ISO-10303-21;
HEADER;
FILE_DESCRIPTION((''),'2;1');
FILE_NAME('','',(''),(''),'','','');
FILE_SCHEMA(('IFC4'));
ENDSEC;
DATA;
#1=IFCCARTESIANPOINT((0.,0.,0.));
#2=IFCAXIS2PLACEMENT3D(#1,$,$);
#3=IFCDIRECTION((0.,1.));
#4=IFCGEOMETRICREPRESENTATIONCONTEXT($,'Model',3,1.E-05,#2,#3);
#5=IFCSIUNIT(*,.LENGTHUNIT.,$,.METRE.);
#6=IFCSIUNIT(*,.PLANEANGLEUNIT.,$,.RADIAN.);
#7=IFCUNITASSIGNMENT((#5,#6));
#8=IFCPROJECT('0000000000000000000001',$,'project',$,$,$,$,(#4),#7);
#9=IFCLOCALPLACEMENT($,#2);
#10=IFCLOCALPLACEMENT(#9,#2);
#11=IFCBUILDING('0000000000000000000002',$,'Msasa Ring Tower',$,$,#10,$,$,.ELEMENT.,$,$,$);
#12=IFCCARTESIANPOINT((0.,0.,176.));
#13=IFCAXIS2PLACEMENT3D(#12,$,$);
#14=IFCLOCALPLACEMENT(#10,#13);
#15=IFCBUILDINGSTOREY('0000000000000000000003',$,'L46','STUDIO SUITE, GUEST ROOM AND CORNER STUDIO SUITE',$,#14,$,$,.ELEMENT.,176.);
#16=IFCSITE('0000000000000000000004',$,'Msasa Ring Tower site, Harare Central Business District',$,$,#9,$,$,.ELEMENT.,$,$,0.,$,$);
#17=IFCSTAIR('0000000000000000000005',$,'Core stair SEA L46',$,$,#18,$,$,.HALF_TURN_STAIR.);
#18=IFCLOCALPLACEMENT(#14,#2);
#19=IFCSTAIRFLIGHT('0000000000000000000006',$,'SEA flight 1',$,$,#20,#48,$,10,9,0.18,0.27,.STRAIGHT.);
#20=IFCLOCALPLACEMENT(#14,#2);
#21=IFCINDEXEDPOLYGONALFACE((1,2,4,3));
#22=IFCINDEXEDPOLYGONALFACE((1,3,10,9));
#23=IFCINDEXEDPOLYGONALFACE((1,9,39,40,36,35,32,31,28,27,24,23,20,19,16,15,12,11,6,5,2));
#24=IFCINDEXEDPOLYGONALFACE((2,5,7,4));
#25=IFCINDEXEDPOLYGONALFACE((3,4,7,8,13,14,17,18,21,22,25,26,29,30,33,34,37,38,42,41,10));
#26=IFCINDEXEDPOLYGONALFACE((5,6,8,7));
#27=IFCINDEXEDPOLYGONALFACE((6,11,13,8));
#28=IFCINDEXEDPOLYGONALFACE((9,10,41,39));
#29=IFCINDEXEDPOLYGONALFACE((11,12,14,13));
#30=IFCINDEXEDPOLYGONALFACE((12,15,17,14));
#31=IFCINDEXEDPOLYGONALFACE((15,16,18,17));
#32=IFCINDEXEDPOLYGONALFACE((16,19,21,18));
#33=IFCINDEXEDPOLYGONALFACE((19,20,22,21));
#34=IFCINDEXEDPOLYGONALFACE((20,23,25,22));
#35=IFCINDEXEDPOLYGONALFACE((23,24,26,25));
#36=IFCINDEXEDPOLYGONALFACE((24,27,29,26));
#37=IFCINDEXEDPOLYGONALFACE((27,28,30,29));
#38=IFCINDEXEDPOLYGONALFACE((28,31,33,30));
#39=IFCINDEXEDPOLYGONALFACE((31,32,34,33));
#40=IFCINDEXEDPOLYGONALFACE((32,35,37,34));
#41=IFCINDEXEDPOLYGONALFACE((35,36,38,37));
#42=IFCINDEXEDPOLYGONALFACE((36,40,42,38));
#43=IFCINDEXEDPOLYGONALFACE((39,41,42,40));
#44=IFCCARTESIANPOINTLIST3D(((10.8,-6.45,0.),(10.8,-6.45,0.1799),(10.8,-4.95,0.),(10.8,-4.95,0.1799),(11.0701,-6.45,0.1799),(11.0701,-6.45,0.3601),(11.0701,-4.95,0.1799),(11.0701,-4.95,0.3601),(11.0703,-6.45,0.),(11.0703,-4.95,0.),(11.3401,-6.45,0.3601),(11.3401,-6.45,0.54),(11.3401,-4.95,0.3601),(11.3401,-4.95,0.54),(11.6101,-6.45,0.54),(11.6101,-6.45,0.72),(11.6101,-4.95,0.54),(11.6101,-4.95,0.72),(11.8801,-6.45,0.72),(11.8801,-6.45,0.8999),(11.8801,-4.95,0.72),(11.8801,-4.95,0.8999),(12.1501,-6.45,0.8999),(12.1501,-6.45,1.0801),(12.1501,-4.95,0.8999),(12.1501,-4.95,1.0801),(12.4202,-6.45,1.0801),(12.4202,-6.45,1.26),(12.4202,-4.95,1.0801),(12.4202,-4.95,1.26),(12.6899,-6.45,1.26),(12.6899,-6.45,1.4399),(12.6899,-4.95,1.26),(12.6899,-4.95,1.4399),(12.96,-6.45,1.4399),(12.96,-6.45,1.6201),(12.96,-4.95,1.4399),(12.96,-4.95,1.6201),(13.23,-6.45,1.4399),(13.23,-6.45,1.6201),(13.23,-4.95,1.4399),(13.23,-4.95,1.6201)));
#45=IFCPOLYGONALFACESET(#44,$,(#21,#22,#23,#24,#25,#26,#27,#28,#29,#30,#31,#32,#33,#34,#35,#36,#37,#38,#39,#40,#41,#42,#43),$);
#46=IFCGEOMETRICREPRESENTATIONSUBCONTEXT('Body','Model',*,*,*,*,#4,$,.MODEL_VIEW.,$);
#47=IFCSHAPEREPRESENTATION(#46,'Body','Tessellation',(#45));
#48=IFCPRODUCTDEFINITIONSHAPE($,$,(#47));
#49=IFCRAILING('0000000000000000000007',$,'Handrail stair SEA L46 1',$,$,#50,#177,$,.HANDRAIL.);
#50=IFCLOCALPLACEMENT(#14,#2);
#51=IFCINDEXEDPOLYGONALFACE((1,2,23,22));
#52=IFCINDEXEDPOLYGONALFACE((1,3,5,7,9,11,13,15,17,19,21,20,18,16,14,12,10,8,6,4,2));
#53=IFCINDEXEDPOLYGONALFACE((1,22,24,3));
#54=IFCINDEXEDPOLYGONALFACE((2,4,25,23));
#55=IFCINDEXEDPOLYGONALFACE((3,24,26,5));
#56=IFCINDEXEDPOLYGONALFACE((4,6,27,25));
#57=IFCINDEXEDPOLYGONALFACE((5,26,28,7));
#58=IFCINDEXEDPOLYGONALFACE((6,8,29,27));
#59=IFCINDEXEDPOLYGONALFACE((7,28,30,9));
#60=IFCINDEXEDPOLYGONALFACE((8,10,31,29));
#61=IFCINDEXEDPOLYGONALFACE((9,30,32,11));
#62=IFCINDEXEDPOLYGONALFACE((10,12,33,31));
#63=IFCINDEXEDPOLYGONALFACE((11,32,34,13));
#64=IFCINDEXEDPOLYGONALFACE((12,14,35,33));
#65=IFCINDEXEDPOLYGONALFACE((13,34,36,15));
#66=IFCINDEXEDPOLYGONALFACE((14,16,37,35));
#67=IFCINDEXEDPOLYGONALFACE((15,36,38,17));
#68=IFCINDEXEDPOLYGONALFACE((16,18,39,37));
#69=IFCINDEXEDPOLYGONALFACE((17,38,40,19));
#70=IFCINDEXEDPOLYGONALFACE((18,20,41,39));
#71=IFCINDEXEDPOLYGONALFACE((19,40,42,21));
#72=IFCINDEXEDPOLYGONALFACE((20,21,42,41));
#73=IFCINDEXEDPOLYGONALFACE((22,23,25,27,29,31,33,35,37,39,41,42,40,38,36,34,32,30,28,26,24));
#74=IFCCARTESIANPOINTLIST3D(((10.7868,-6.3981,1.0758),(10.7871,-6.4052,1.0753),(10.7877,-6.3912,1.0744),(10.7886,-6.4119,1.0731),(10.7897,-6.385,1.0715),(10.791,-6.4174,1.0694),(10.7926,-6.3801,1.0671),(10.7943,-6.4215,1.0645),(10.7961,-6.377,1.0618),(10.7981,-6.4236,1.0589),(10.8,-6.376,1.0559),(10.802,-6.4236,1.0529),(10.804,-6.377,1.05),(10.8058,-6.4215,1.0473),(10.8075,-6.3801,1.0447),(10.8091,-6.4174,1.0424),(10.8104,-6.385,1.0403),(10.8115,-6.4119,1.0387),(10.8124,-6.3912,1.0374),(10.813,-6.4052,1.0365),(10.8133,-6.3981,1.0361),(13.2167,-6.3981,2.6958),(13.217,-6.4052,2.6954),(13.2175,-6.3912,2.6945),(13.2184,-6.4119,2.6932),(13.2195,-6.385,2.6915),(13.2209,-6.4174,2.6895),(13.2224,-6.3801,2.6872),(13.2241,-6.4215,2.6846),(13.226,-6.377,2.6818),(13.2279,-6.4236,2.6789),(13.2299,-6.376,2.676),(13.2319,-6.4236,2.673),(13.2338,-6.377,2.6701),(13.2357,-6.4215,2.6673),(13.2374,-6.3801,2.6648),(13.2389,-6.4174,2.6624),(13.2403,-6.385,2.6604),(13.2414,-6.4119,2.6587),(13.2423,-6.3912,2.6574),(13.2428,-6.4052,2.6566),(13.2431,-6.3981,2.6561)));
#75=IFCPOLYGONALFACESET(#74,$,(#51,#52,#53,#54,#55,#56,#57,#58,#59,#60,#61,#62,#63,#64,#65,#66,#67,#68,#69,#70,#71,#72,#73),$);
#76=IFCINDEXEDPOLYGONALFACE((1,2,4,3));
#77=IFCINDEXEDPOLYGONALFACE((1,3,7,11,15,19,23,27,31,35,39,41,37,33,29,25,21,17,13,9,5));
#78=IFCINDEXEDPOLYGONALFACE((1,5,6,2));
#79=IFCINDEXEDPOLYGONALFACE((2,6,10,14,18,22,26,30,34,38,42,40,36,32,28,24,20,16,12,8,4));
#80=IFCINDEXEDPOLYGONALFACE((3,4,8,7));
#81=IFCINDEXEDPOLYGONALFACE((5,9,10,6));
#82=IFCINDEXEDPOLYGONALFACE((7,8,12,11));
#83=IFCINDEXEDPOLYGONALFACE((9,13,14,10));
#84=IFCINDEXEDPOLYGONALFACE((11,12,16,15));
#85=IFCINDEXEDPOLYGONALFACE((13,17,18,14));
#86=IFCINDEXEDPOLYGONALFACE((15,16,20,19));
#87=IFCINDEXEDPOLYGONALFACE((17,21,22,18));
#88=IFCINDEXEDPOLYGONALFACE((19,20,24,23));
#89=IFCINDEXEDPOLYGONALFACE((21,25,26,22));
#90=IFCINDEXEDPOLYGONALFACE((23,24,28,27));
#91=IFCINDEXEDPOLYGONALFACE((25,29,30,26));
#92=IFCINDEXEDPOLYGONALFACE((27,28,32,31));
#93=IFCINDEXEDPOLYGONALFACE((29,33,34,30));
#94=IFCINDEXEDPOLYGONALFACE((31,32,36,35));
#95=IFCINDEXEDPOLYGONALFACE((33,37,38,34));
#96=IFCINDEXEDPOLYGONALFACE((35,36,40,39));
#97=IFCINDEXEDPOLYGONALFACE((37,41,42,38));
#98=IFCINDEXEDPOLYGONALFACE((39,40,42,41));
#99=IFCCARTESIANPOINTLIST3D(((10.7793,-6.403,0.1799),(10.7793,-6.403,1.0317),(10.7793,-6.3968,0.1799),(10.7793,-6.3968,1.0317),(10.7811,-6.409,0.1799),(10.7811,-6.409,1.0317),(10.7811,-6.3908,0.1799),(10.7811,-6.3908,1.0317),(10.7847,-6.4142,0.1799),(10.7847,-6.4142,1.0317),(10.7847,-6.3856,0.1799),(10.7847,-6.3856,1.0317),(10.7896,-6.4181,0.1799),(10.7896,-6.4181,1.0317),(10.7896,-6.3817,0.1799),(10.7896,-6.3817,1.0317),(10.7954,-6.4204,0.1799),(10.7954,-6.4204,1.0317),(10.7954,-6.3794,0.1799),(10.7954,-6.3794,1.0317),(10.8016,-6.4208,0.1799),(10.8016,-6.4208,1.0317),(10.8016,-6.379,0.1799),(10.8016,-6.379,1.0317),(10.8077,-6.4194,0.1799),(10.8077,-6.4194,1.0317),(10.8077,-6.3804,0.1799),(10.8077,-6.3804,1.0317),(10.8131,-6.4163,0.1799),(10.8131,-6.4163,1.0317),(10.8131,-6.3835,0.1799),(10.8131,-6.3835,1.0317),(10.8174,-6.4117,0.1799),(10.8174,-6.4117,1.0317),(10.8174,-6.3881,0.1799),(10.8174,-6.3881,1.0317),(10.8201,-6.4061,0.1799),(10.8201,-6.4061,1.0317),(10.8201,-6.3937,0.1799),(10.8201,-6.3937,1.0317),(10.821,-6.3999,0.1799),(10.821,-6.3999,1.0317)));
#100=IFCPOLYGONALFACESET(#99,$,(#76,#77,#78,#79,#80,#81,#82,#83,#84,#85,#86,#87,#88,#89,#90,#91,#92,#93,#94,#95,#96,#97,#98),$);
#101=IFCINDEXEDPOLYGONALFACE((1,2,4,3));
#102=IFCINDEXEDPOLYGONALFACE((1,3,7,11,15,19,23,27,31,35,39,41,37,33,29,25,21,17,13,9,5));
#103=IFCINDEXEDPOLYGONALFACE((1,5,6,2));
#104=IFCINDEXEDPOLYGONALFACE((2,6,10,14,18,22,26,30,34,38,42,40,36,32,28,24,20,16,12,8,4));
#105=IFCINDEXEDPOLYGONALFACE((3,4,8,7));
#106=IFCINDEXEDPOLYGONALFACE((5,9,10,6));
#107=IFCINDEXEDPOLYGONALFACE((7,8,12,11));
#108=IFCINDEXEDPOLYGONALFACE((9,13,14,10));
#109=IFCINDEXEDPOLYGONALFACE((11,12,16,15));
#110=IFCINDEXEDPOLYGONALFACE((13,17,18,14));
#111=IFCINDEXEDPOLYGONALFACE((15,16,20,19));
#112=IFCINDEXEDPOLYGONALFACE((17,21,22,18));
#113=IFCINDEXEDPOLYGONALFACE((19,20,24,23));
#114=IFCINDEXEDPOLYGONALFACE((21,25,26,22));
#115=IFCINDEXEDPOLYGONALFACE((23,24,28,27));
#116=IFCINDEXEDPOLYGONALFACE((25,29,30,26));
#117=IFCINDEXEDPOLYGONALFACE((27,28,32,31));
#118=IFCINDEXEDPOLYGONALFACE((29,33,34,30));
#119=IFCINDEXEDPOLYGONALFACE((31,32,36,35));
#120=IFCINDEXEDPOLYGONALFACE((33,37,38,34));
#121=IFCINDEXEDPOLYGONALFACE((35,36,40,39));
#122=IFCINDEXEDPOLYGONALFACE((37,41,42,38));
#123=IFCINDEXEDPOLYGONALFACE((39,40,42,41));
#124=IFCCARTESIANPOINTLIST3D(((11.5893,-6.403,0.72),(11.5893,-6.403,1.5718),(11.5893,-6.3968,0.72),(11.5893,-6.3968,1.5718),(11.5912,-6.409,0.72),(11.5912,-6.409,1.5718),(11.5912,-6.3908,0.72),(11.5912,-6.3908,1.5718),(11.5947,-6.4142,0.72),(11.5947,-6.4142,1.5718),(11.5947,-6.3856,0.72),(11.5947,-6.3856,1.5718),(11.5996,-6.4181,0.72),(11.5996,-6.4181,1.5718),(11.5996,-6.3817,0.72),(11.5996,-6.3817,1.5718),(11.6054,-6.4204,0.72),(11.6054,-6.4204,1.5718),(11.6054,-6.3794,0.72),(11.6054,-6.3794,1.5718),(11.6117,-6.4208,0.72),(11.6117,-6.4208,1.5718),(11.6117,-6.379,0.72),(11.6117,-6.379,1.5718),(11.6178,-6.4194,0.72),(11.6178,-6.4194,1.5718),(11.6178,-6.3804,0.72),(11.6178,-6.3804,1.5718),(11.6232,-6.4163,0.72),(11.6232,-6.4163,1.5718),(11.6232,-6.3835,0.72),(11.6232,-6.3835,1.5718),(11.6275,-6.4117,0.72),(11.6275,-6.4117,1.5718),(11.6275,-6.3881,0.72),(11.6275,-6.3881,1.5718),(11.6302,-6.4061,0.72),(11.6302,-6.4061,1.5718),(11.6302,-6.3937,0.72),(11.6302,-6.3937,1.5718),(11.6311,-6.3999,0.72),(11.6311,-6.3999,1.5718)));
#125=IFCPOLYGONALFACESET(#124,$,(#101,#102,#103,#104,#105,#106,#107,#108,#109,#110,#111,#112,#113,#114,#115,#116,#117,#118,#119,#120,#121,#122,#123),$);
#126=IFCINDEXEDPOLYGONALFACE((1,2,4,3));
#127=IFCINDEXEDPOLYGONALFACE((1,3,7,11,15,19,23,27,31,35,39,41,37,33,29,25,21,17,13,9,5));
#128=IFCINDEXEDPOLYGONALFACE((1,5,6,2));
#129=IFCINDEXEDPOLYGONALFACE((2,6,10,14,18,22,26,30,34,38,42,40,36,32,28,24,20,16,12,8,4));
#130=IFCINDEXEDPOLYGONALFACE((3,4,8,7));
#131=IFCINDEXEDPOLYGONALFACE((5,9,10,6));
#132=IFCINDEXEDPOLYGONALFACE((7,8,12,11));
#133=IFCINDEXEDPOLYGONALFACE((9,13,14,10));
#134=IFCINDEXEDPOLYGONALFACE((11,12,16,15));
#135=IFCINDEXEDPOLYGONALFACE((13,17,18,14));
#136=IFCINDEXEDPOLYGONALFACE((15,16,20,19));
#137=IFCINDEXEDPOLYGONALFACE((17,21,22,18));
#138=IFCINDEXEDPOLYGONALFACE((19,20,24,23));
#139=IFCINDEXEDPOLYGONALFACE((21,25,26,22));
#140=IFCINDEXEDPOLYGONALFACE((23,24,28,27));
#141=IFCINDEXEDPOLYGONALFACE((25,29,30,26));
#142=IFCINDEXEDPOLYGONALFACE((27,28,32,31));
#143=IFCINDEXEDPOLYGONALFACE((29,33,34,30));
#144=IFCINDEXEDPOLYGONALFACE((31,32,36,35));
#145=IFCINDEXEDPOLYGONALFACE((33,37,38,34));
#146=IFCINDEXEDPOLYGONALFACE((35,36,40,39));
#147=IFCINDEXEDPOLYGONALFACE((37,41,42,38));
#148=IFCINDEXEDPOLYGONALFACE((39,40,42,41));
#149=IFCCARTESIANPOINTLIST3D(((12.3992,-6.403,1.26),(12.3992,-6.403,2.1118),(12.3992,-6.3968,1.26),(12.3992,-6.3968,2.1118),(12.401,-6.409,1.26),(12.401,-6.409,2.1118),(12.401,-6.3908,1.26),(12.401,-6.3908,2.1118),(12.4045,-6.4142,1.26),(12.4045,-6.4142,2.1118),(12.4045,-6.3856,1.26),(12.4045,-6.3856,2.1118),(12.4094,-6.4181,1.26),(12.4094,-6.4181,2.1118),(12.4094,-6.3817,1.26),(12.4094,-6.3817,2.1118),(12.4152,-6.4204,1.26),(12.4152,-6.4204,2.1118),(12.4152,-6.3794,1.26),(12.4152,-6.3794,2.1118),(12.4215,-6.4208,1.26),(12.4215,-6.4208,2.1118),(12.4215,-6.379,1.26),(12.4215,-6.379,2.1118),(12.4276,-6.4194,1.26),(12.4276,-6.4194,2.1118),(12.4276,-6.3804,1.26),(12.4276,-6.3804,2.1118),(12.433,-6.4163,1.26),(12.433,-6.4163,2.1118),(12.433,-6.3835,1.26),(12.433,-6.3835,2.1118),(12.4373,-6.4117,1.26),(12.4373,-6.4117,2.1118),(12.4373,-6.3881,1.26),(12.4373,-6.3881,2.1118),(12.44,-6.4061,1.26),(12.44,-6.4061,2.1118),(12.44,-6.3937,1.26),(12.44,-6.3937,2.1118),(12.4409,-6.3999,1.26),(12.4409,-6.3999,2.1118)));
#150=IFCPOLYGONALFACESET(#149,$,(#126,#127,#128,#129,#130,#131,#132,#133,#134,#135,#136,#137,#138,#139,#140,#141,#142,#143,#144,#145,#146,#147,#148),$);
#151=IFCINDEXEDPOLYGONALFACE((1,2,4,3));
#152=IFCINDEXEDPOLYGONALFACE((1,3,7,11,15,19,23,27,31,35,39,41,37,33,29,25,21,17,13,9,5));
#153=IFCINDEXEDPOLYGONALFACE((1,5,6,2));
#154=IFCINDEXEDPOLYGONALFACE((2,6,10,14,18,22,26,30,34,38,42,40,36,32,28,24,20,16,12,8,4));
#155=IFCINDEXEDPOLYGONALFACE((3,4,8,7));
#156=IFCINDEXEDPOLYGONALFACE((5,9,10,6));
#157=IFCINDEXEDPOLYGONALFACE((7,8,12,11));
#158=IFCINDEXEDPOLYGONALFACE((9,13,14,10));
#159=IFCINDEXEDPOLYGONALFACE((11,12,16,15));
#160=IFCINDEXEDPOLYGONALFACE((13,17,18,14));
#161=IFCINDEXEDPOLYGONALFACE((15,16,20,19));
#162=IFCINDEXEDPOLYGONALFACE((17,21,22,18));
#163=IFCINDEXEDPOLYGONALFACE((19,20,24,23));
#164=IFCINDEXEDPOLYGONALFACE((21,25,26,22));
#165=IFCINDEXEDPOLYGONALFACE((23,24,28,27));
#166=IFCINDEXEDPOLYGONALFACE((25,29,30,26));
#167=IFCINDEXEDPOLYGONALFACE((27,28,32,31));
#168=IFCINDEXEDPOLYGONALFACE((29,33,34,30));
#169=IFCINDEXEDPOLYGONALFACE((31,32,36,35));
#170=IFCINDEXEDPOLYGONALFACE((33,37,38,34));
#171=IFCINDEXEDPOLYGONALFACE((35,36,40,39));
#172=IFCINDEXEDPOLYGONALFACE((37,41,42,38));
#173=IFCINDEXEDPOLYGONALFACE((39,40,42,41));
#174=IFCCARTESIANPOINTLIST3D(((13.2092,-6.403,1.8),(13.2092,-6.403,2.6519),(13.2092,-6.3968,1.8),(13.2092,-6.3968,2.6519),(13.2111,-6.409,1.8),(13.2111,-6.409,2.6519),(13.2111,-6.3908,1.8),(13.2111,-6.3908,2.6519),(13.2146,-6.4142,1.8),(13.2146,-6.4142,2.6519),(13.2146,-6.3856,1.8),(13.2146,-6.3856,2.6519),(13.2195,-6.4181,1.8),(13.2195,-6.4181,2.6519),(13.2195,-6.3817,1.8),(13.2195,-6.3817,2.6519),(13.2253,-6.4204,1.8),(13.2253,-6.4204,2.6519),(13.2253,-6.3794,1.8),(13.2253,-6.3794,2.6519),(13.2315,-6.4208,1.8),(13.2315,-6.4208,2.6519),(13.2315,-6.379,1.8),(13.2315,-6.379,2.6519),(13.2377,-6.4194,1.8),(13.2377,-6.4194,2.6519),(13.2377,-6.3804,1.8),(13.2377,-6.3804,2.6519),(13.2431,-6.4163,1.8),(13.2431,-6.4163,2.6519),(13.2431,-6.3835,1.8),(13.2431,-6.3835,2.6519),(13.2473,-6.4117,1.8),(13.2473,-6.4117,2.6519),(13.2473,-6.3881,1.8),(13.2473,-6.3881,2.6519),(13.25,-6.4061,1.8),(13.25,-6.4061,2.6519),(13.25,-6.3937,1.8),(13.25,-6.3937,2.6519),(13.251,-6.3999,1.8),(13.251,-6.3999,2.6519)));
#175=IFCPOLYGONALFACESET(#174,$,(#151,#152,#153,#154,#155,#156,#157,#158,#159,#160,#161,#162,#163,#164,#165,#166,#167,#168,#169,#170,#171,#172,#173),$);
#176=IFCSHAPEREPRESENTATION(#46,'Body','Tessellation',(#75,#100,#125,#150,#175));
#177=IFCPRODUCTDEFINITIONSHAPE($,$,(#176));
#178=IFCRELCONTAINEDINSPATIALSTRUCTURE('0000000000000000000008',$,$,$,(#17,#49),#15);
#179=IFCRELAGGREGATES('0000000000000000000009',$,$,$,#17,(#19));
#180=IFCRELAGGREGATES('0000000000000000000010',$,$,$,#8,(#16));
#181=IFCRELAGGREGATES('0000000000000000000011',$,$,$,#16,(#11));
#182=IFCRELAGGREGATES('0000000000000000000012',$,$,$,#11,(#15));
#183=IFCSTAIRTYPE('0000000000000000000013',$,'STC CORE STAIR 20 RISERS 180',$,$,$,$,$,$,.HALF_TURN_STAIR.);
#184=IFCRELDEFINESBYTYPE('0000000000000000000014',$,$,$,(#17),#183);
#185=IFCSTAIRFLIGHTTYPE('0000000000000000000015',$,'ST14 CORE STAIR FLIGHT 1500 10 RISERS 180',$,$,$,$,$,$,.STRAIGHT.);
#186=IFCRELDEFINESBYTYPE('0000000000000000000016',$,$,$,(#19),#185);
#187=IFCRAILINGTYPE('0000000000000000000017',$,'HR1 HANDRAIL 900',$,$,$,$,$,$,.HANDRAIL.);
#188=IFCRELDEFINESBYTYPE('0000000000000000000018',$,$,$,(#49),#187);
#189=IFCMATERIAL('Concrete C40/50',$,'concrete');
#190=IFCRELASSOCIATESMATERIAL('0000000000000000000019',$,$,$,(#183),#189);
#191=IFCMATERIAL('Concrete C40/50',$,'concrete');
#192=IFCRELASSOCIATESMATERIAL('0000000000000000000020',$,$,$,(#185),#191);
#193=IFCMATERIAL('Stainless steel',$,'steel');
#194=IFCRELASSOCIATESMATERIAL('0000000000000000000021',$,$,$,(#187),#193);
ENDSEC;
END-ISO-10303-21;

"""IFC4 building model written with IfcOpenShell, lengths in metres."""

from ifc_helpers import new_model, si_unit, direction, frame, origin, origin_2d, place, context, subcontext, project, spatial, polyline, circle, outline, extrude, material, type_object, element, aggregate, save


model = new_model("IFC4")

# Units and contexts
model_context = context("Model", 3, precision=1e-05, world=origin(), true_north=direction((0.0, 1.0)))
body_context = subcontext(model_context, "Body", "Model", "MODEL_VIEW")
ifc_project = project(units=[si_unit("LENGTHUNIT", "METRE"), si_unit("PLANEANGLEUNIT", "RADIAN")], contexts=[model_context])

# Site, building, storey
site_placement = place(None, origin())
site = spatial("IfcSite", under=ifc_project, at=site_placement, Name="Msasa Ring Tower site, Harare Central Business District", CompositionType="ELEMENT", RefElevation=0.0)
building_placement = place(site_placement, origin())
building = spatial("IfcBuilding", under=site, at=building_placement, Name="Msasa Ring Tower", CompositionType="ELEMENT")
storey_placement = place(building_placement, frame((0.0, 0.0, 176.0)))
storey = spatial("IfcBuildingStorey", under=building, at=storey_placement, Name="L46", Description="STUDIO SUITE, GUEST ROOM AND CORNER STUDIO SUITE", CompositionType="ELEMENT", Elevation=176.0)

# Stair
ifc_material_1 = material(Name="Concrete C40/50", Category="concrete")
stair_type = type_object("IfcStairType", Name="STC CORE STAIR 20 RISERS 180", PredefinedType="HALF_TURN_STAIR", material=ifc_material_1)
stair_1_placement = place(storey_placement, origin())
stair_1 = element("IfcStair", 1, at=stair_1_placement, inside=storey, type_object=stair_type, Name="Core stair SEA L46", PredefinedType="HALF_TURN_STAIR")

# Stair flight
ifc_material_2 = material(Name="Concrete C40/50", Category="concrete")
stair_flight_type = type_object("IfcStairFlightType", Name="ST14 CORE STAIR FLIGHT 1500 10 RISERS 180", PredefinedType="STRAIGHT", material=ifc_material_2)
stair_flight_placement = place(storey_placement, frame((10.8, -5.7, 0.0), z_axis=(0.0, 0.0, 1.0), x_axis=(1.0, 0.0, 0.0)))
stair_flight = element("IfcStairFlight", 2, at=stair_flight_placement, type_object=stair_flight_type, Name="SEA flight 1", NumberOfRisers=10, NumberOfTreads=9, PredefinedType="STRAIGHT", RiserHeight=0.18, TreadLength=0.27, context=body_context, shape_type="SweptSolid", body=[
    extrude(outline(polyline([(0.0, 0.0), (0.0, 0.1799), (0.27, 0.1799), (0.27, 0.3601), (0.54, 0.3601), (0.54, 0.54), (0.8101, 0.54), (0.8101, 0.72), (1.0801, 0.72), (1.0801, 0.8999), (1.3501, 0.8999), (1.3501, 1.0801), (1.6201, 1.0801), (1.6201, 1.26), (1.8899, 1.26), (1.8899, 1.4399), (2.1599, 1.4399), (2.1599, 1.6201), (2.4299, 1.6201), (2.4299, 1.8), (2.4299, 1.4399), (0.2703, 0.0), (0.0, 0.0)])), frame((0.0, 0.75, 0.0), z_axis=(0.0, -1.0, 0.0), x_axis=(1.0, 0.0, 0.0)), (0.0, 0.0, 1.0), 1.5),
])
aggregate(stair_1, [stair_flight])

# Railing
ifc_material_3 = material(Name="Stainless steel", Category="steel")
railing_type = type_object("IfcRailingType", Name="HR1 HANDRAIL 900", PredefinedType="HANDRAIL", material=ifc_material_3)
for number, where, name in (
    (3, (10.8, -6.3999, 0.1799), "Handrail stair SEA L46 1"),
):
    element("IfcRailing", number, at=place(storey_placement, frame(where)), inside=storey, type_object=railing_type, Name=name, PredefinedType="HANDRAIL", context=body_context, shape_type="SweptSolid", body=[
        extrude(circle(Radius=0.0239, at=origin_2d()), frame((0.0, 0.0, 0.876), z_axis=(0.832025, 0.0, 0.554739), x_axis=(0.0, 1.0, 0.0)), (0.0, 0.0, 1.0), 2.9204),
        extrude(circle(Radius=0.021, at=origin_2d()), origin(), (0.0, 0.0, 1.0), 0.8518),
        extrude(circle(Radius=0.021, at=origin_2d()), frame((0.8101, 0.0, 0.54)), (0.0, 0.0, 1.0), 0.8518),
        extrude(circle(Radius=0.021, at=origin_2d()), frame((1.6199, 0.0, 1.0801)), (0.0, 0.0, 1.0), 0.8518),
        extrude(circle(Radius=0.021, at=origin_2d()), frame((2.4299, 0.0, 1.6201)), (0.0, 0.0, 1.0), 0.8518),
    ])

save(model, "model.ifc")
